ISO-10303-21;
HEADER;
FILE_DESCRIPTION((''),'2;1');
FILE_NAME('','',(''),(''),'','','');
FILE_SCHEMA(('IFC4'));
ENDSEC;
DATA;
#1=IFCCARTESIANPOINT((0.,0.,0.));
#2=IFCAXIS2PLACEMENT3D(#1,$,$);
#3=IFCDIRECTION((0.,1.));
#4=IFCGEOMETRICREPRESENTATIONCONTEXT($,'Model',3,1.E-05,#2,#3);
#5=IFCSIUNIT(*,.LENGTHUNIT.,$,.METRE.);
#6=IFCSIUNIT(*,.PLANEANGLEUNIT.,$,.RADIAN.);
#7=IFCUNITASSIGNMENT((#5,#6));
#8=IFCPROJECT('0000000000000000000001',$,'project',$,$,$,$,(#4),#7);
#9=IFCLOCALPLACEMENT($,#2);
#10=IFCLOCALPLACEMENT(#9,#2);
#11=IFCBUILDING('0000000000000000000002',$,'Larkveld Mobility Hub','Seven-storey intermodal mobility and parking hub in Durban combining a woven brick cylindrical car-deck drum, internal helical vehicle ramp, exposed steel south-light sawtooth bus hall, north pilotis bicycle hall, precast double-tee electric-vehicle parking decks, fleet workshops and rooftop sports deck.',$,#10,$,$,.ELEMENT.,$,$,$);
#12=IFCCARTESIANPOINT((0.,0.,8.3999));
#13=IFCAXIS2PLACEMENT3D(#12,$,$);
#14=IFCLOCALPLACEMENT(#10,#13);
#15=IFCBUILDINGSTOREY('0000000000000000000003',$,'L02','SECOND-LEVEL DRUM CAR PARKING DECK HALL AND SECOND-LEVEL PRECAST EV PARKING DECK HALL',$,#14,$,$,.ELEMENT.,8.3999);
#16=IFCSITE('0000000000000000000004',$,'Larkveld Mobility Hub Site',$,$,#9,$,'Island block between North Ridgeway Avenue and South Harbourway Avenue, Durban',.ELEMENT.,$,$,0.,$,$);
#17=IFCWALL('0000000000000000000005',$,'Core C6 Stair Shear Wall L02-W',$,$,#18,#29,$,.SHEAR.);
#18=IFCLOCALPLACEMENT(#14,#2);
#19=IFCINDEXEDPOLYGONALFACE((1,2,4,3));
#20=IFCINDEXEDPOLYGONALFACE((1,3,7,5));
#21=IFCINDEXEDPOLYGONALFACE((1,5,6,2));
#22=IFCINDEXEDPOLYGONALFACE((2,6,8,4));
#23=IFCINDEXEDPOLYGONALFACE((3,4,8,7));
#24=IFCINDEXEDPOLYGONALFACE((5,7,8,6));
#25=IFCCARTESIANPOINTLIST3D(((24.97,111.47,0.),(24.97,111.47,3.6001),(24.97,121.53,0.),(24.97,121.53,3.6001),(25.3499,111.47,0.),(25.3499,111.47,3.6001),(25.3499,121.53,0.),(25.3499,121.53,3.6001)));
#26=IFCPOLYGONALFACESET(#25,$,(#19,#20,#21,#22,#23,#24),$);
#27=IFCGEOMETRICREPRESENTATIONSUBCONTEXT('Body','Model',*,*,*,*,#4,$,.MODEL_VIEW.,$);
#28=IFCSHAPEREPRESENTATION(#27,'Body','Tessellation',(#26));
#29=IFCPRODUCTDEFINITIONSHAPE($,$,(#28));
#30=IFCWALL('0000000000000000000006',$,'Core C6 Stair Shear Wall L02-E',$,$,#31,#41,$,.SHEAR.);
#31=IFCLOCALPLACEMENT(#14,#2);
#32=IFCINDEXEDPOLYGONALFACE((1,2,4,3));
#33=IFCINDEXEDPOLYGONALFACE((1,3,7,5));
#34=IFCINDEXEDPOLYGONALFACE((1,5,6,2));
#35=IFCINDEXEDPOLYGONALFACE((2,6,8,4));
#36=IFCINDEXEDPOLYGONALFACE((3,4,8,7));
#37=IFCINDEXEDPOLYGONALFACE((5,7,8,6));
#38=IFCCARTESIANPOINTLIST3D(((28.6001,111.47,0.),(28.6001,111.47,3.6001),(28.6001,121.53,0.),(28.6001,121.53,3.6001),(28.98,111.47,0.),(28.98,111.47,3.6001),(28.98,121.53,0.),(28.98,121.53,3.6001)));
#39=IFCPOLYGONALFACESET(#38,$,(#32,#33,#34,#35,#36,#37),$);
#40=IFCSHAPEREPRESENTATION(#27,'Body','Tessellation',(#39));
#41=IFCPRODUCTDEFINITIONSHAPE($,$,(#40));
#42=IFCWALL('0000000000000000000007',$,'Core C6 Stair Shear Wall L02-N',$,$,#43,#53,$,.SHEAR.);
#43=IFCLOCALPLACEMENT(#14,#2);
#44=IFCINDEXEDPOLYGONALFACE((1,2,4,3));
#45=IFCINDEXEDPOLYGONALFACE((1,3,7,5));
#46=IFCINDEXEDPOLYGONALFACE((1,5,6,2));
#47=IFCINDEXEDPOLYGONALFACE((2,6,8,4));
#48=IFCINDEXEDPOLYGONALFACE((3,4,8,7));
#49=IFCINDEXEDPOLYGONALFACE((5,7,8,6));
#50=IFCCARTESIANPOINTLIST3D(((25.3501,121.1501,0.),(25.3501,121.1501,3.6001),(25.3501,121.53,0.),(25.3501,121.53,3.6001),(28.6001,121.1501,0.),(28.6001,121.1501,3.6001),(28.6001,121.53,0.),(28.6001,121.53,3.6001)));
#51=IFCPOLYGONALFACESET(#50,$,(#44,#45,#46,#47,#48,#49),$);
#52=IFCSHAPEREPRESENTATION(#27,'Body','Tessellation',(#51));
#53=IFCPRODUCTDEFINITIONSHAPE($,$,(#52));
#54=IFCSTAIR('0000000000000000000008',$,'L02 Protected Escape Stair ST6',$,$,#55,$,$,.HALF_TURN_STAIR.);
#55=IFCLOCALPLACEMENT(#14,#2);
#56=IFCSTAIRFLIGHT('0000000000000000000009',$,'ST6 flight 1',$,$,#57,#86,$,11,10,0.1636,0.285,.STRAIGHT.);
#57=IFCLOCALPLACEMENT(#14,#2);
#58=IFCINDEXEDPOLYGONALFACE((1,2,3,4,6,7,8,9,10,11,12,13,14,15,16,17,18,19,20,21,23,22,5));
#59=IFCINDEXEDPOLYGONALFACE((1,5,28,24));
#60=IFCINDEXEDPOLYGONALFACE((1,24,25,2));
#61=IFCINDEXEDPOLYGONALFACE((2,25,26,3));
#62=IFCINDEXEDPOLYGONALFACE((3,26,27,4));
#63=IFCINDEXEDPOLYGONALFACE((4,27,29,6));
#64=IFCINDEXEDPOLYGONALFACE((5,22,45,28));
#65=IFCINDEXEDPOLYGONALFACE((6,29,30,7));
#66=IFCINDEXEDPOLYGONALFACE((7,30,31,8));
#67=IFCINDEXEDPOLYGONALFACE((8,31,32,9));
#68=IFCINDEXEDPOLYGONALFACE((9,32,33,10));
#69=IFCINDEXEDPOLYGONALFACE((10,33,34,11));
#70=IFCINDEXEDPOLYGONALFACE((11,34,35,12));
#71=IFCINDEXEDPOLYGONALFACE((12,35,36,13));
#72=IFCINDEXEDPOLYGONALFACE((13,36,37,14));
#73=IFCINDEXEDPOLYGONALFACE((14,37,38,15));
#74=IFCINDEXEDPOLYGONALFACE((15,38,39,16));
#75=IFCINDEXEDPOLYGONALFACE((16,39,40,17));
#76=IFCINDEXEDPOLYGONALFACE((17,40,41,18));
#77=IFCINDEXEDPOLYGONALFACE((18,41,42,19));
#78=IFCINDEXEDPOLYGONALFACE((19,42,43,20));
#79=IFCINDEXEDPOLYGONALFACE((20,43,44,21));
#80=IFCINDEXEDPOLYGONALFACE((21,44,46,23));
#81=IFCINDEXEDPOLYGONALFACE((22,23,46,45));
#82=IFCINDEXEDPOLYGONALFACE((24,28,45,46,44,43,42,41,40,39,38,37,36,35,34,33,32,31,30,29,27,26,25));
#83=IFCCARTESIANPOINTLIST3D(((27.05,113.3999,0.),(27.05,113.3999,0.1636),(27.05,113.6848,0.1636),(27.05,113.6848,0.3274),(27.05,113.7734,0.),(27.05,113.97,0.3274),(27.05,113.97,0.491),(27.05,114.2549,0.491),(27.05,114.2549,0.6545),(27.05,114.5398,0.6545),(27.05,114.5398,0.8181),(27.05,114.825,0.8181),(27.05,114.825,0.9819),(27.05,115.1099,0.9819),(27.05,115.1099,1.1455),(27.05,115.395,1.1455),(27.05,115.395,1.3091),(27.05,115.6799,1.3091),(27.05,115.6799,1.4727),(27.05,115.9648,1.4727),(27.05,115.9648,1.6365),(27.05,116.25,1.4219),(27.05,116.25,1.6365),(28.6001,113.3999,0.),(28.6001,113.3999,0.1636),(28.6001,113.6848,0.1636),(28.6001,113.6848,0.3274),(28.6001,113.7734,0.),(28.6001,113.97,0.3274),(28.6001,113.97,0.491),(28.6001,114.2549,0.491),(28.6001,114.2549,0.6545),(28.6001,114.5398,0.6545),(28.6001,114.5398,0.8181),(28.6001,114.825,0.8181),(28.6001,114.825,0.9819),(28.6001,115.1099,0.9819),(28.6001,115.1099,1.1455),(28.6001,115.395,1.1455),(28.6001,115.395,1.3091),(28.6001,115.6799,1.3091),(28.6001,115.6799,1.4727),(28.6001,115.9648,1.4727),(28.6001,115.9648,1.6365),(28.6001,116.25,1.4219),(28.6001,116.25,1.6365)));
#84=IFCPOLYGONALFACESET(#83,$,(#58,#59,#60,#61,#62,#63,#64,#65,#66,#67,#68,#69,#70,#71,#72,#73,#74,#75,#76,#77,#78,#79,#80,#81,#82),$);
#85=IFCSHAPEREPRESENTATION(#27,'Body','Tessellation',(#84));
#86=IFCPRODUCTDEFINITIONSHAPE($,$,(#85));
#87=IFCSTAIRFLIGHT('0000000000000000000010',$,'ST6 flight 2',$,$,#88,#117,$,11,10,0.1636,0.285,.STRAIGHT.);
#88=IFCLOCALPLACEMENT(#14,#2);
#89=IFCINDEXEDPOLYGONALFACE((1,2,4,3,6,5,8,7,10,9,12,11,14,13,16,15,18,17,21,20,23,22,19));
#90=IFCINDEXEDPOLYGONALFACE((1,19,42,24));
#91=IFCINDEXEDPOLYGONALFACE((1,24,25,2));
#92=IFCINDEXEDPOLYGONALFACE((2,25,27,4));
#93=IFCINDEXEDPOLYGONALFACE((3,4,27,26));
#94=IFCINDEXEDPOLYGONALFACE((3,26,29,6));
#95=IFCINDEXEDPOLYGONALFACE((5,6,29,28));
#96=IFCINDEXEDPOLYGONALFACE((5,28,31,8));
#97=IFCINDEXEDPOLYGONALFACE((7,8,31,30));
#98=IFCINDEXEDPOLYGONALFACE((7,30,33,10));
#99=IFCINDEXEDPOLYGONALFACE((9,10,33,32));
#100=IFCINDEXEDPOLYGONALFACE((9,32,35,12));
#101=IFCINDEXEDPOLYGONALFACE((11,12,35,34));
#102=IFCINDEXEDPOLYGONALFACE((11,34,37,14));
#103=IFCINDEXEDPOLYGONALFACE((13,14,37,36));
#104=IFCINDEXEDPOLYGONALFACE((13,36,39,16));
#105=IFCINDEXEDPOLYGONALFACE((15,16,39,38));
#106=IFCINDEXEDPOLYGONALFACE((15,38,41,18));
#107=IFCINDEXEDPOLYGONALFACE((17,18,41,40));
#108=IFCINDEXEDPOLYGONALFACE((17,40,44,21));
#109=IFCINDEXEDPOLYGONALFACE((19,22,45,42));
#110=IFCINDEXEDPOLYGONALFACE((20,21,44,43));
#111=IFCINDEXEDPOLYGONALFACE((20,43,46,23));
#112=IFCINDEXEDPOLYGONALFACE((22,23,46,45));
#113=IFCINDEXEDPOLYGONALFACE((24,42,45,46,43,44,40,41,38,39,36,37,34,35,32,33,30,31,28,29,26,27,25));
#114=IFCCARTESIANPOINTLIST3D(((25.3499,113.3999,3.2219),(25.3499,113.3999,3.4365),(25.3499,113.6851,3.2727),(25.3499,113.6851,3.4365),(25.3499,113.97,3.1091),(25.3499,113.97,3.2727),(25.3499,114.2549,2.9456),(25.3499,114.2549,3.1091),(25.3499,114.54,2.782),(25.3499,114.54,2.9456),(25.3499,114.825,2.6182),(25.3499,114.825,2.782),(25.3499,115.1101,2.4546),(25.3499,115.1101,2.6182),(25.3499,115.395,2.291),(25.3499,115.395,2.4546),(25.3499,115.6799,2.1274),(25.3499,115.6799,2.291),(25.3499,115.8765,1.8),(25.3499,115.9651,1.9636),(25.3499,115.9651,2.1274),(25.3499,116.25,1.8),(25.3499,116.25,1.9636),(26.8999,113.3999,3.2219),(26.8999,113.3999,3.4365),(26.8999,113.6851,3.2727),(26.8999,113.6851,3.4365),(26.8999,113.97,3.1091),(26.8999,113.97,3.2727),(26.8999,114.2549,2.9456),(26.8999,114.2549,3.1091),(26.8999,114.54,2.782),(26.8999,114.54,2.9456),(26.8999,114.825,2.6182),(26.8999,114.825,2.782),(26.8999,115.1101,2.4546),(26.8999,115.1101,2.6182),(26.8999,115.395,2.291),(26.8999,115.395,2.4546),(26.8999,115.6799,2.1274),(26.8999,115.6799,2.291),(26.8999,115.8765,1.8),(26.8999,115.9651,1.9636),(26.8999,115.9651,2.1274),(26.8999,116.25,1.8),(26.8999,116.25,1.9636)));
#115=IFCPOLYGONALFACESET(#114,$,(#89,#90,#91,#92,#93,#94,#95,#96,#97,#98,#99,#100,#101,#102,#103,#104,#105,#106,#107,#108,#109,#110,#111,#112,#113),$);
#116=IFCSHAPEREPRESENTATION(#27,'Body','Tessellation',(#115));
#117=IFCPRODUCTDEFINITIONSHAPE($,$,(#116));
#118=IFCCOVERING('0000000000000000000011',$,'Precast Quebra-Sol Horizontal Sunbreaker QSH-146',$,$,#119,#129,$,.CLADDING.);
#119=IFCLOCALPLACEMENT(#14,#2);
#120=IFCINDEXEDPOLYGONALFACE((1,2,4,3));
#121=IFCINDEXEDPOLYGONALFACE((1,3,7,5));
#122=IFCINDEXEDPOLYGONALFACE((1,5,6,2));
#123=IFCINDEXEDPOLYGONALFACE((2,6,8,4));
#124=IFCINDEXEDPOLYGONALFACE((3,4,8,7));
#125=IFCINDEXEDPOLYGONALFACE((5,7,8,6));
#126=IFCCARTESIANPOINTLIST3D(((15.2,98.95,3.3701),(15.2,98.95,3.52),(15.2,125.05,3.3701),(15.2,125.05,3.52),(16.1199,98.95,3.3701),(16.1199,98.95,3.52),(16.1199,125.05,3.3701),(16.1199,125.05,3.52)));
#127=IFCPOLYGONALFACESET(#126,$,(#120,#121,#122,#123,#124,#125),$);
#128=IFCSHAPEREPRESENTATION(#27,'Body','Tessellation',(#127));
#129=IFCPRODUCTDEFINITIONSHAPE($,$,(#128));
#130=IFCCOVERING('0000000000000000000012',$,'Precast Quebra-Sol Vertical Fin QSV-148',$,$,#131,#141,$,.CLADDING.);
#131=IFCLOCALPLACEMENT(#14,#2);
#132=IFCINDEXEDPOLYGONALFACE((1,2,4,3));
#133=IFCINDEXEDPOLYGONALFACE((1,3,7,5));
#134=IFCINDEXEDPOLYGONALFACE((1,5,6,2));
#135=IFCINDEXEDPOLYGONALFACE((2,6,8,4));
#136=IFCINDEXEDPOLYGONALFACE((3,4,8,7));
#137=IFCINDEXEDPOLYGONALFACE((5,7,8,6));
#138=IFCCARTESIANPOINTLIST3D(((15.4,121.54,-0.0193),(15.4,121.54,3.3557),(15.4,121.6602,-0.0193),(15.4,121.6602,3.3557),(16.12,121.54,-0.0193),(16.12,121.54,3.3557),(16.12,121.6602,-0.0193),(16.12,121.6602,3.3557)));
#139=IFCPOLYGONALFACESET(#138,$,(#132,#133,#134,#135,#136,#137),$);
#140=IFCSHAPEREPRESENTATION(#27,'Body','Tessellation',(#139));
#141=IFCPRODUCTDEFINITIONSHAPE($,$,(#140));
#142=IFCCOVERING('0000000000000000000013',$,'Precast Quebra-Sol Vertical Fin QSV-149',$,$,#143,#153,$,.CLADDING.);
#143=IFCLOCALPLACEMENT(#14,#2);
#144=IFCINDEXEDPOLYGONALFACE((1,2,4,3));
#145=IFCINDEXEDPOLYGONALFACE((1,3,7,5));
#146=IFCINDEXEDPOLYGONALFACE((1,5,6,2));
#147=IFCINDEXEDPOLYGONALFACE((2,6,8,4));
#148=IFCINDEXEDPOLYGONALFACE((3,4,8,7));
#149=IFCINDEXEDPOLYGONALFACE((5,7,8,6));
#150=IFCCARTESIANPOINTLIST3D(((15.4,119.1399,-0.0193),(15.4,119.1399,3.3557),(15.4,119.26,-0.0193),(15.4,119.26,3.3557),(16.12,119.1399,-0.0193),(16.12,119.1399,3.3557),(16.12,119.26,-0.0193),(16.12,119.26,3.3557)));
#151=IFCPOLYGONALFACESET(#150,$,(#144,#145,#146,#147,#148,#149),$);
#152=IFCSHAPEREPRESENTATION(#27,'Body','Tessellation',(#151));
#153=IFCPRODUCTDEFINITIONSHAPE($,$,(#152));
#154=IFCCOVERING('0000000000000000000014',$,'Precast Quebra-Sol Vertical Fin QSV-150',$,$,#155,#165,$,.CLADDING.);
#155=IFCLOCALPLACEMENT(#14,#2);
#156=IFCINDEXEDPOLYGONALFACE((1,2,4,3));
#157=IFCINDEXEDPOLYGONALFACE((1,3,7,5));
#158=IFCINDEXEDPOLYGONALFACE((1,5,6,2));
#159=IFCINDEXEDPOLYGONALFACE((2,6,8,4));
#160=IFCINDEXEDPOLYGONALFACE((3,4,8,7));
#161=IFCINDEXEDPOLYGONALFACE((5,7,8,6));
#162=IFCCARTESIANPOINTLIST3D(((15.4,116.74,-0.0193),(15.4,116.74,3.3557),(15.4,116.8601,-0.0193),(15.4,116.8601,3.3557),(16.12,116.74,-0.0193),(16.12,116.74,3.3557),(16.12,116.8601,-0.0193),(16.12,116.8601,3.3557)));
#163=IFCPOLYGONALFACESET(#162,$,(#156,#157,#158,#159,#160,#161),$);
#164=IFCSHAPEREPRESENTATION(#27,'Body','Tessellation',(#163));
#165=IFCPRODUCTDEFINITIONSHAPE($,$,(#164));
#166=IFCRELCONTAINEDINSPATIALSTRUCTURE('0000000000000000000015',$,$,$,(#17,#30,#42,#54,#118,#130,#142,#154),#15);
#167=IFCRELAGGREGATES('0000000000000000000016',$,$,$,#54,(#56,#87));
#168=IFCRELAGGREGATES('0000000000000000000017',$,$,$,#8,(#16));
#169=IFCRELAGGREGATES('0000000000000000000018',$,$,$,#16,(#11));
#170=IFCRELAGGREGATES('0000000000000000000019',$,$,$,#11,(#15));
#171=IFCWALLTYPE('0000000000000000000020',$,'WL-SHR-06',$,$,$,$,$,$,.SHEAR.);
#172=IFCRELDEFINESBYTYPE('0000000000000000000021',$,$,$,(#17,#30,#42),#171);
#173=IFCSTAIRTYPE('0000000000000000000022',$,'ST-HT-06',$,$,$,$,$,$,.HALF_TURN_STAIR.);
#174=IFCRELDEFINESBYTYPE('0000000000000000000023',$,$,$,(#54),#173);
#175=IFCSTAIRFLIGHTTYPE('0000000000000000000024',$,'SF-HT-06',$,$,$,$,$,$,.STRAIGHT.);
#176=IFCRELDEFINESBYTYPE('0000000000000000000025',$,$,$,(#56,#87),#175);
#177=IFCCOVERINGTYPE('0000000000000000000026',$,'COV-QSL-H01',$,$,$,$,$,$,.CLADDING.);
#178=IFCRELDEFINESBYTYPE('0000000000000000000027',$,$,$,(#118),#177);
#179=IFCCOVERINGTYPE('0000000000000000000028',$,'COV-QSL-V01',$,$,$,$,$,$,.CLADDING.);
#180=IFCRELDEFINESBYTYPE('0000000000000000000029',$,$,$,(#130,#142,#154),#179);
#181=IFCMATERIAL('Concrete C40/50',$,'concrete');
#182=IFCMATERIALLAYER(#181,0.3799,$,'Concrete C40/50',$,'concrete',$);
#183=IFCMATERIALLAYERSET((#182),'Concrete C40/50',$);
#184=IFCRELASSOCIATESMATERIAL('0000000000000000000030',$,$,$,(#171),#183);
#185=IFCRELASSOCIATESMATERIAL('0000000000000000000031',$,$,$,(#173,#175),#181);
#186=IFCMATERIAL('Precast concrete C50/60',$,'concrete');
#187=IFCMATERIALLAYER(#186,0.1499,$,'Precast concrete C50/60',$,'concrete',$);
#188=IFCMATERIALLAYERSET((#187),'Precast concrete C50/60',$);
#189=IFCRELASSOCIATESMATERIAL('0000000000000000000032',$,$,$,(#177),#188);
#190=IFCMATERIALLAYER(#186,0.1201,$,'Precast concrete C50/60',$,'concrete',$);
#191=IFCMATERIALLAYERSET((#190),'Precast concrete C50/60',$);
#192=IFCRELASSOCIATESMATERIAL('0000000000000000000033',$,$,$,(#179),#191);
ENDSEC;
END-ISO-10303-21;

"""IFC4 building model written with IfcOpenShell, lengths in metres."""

from ifc_helpers import new_model, si_unit, direction, frame, frame_2d, origin, origin_2d, place, context, subcontext, project, spatial, polyline, rectangle, outline, extrude, material, layer, layer_set, type_object, element, aggregate, save


model = new_model("IFC4")

# Units and contexts
model_context = context("Model", 3, precision=1e-05, world=origin(), true_north=direction((0.0, 1.0)))
body_context = subcontext(model_context, "Body", "Model", "MODEL_VIEW")
ifc_project = project(units=[si_unit("LENGTHUNIT", "METRE"), si_unit("PLANEANGLEUNIT", "RADIAN")], contexts=[model_context])

# Site, building, storey
site_placement = place(None, origin())
site = spatial("IfcSite", under=ifc_project, at=site_placement, Name="Larkveld Mobility Hub Site", LongName="Island block between North Ridgeway Avenue and South Harbourway Avenue, Durban", CompositionType="ELEMENT", RefElevation=0.0)
building_placement = place(site_placement, origin())
building = spatial("IfcBuilding", under=site, at=building_placement, Name="Larkveld Mobility Hub", Description="Seven-storey intermodal mobility and parking hub in Durban combining a woven brick cylindrical car-deck drum, internal helical vehicle ramp, exposed steel south-light sawtooth bus hall, north pilotis bicycle hall, precast double-tee electric-vehicle parking decks, fleet workshops and rooftop sports deck.", CompositionType="ELEMENT")
storey_placement = place(building_placement, frame((0.0, 0.0, 8.3999)))
storey = spatial("IfcBuildingStorey", under=building, at=storey_placement, Name="L02", Description="SECOND-LEVEL DRUM CAR PARKING DECK HALL AND SECOND-LEVEL PRECAST EV PARKING DECK HALL", CompositionType="ELEMENT", Elevation=8.3999)

# Shared definitions
ifc_material_1 = material(Name="Concrete C40/50", Category="concrete")

# Walls
ifc_layer_1 = layer(ifc_material_1, 0.3799, Name="Concrete C40/50", Category="concrete")
ifc_layer_set_1 = layer_set([ifc_layer_1], Name="Concrete C40/50")
wall_type_1 = type_object("IfcWallType", Name="WL-SHR-06", PredefinedType="SHEAR", material=ifc_layer_set_1)
for number, where, z_axis, x_axis, name in (
    (1, (25.1599, 111.47, 0.0), (0.0, 0.0, 1.0), (0.0, 1.0, 0.0), "Core C6 Stair Shear Wall L02-W"),
    (2, (28.79, 121.53, 0.0), (0.0, 0.0, 1.0), (0.0, -1.0, 0.0), "Core C6 Stair Shear Wall L02-E"),
):
    element("IfcWall", number, at=place(storey_placement, frame(where, z_axis=z_axis, x_axis=x_axis)), inside=storey, type_object=wall_type_1, Name=name, PredefinedType="SHEAR", context=body_context, shape_type="SweptSolid", body=[
        extrude(rectangle(XDim=10.0601, YDim=0.3799, at=frame_2d((5.03, 0.0))), origin(), (0.0, 0.0, 1.0), 3.6001),
    ])

# Wall
wall_1_placement = place(storey_placement, frame((25.3501, 121.3401, 0.0), z_axis=(0.0, 0.0, 1.0), x_axis=(1.0, 0.0, 0.0)))
element("IfcWall", 3, at=wall_1_placement, inside=storey, type_object=wall_type_1, Name="Core C6 Stair Shear Wall L02-N", PredefinedType="SHEAR", context=body_context, shape_type="SweptSolid", body=[
    extrude(rectangle(XDim=3.25, YDim=0.3799, at=frame_2d((1.625, 0.0))), origin(), (0.0, 0.0, 1.0), 3.6001),
])

# Stair, stair flights
stair_type = type_object("IfcStairType", Name="ST-HT-06", PredefinedType="HALF_TURN_STAIR", material=ifc_material_1)
stair_placement = place(storey_placement, origin())
stair = element("IfcStair", 4, at=stair_placement, inside=storey, type_object=stair_type, Name="L02 Protected Escape Stair ST6", PredefinedType="HALF_TURN_STAIR")
stair_flight_type = type_object("IfcStairFlightType", Name="SF-HT-06", PredefinedType="STRAIGHT", material=ifc_material_1)
stair_flight_1_placement = place(storey_placement, frame((27.825, 113.3999, 0.0), z_axis=(0.0, 0.0, 1.0), x_axis=(0.0, 1.0, 0.0)))
stair_flight_1 = element("IfcStairFlight", 5, at=stair_flight_1_placement, type_object=stair_flight_type, Name="ST6 flight 1", NumberOfRisers=11, NumberOfTreads=10, PredefinedType="STRAIGHT", RiserHeight=0.1636, TreadLength=0.285, context=body_context, shape_type="SweptSolid", body=[
    extrude(outline(polyline([(0.0, 0.0), (0.0, 0.1636), (0.2849, 0.1636), (0.2849, 0.3274), (0.5701, 0.3274), (0.5701, 0.491), (0.855, 0.491), (0.855, 0.6545), (1.1399, 0.6545), (1.1399, 0.8181), (1.425, 0.8181), (1.425, 0.9819), (1.71, 0.9819), (1.71, 1.1455), (1.9951, 1.1455), (1.9951, 1.3091), (2.28, 1.3091), (2.28, 1.4727), (2.5649, 1.4727), (2.5649, 1.6365), (2.8501, 1.6365), (2.8501, 1.8), (2.8501, 1.4219), (0.3735, 0.0), (0.0, 0.0)])), frame((0.0, 0.7749, 0.0), z_axis=(0.0, -1.0, 0.0), x_axis=(1.0, 0.0, 0.0)), (0.0, 0.0, 1.0), 1.55),
])
stair_flight_2_placement = place(storey_placement, frame((26.125, 116.25, 1.8), z_axis=(0.0, 0.0, 1.0), x_axis=(0.0, -1.0, 0.0)))
stair_flight_2 = element("IfcStairFlight", 6, at=stair_flight_2_placement, type_object=stair_flight_type, Name="ST6 flight 2", NumberOfRisers=11, NumberOfTreads=10, PredefinedType="STRAIGHT", RiserHeight=0.1636, TreadLength=0.285, context=body_context, shape_type="SweptSolid", body=[
    extrude(outline(polyline([(0.0, 0.0), (0.0, 0.1636), (0.2849, 0.1636), (0.2849, 0.3274), (0.5701, 0.3274), (0.5701, 0.491), (0.855, 0.491), (0.855, 0.6545), (1.1399, 0.6545), (1.1399, 0.8181), (1.425, 0.8181), (1.425, 0.9819), (1.71, 0.9819), (1.71, 1.1455), (1.9951, 1.1455), (1.9951, 1.3091), (2.28, 1.3091), (2.28, 1.4727), (2.5649, 1.4727), (2.5649, 1.6365), (2.8501, 1.6365), (2.8501, 1.8), (2.8501, 1.4219), (0.3735, 0.0), (0.0, 0.0)])), frame((0.0, 0.7749, 0.0), z_axis=(0.0, -1.0, 0.0), x_axis=(1.0, 0.0, 0.0)), (0.0, 0.0, 1.0), 1.55),
])
aggregate(stair, [stair_flight_1, stair_flight_2])

# Coverings
ifc_material_2 = material(Name="Precast concrete C50/60", Category="concrete")
ifc_layer_2 = layer(ifc_material_2, 0.1499, Name="Precast concrete C50/60", Category="concrete")
ifc_layer_set_2 = layer_set([ifc_layer_2], Name="Precast concrete C50/60")
covering_type_1 = type_object("IfcCoveringType", Name="COV-QSL-H01", PredefinedType="CLADDING", material=ifc_layer_set_2)
covering_placement = place(storey_placement, frame((15.6599, 112.0, 3.3701), z_axis=(0.0, 0.0, 1.0), x_axis=(0.0, -1.0, 0.0)))
element("IfcCovering", 7, at=covering_placement, inside=storey, type_object=covering_type_1, Name="Precast Quebra-Sol Horizontal Sunbreaker QSH-146", PredefinedType="CLADDING", context=body_context, shape_type="SweptSolid", body=[
    extrude(rectangle(XDim=26.1001, YDim=0.9199, at=origin_2d()), origin(), (0.0, 0.0, 1.0), 0.1499),
])
ifc_layer_3 = layer(ifc_material_2, 0.1201, Name="Precast concrete C50/60", Category="concrete")
ifc_layer_set_3 = layer_set([ifc_layer_3], Name="Precast concrete C50/60")
covering_type_2 = type_object("IfcCoveringType", Name="COV-QSL-V01", PredefinedType="CLADDING", material=ifc_layer_set_3)
for number, where, z_axis, x_axis, name in (
    (8, (15.76, 121.6001, -0.0193), (0.0, 0.0, 1.0), (0.0, -1.0, 0.0), "Precast Quebra-Sol Vertical Fin QSV-148"),
    (9, (15.76, 119.2, -0.0193), (0.0, 0.0, 1.0), (0.0, -1.0, 0.0), "Precast Quebra-Sol Vertical Fin QSV-149"),
    (10, (15.76, 116.8, -0.0193), (0.0, 0.0, 1.0), (0.0, -1.0, 0.0), "Precast Quebra-Sol Vertical Fin QSV-150"),
):
    element("IfcCovering", number, at=place(storey_placement, frame(where, z_axis=z_axis, x_axis=x_axis)), inside=storey, type_object=covering_type_2, Name=name, PredefinedType="CLADDING", context=body_context, shape_type="SweptSolid", body=[
        extrude(rectangle(XDim=0.1201, YDim=0.72, at=origin_2d()), origin(), (0.0, 0.0, 1.0), 3.375),
    ])

save(model, "model.ifc")
